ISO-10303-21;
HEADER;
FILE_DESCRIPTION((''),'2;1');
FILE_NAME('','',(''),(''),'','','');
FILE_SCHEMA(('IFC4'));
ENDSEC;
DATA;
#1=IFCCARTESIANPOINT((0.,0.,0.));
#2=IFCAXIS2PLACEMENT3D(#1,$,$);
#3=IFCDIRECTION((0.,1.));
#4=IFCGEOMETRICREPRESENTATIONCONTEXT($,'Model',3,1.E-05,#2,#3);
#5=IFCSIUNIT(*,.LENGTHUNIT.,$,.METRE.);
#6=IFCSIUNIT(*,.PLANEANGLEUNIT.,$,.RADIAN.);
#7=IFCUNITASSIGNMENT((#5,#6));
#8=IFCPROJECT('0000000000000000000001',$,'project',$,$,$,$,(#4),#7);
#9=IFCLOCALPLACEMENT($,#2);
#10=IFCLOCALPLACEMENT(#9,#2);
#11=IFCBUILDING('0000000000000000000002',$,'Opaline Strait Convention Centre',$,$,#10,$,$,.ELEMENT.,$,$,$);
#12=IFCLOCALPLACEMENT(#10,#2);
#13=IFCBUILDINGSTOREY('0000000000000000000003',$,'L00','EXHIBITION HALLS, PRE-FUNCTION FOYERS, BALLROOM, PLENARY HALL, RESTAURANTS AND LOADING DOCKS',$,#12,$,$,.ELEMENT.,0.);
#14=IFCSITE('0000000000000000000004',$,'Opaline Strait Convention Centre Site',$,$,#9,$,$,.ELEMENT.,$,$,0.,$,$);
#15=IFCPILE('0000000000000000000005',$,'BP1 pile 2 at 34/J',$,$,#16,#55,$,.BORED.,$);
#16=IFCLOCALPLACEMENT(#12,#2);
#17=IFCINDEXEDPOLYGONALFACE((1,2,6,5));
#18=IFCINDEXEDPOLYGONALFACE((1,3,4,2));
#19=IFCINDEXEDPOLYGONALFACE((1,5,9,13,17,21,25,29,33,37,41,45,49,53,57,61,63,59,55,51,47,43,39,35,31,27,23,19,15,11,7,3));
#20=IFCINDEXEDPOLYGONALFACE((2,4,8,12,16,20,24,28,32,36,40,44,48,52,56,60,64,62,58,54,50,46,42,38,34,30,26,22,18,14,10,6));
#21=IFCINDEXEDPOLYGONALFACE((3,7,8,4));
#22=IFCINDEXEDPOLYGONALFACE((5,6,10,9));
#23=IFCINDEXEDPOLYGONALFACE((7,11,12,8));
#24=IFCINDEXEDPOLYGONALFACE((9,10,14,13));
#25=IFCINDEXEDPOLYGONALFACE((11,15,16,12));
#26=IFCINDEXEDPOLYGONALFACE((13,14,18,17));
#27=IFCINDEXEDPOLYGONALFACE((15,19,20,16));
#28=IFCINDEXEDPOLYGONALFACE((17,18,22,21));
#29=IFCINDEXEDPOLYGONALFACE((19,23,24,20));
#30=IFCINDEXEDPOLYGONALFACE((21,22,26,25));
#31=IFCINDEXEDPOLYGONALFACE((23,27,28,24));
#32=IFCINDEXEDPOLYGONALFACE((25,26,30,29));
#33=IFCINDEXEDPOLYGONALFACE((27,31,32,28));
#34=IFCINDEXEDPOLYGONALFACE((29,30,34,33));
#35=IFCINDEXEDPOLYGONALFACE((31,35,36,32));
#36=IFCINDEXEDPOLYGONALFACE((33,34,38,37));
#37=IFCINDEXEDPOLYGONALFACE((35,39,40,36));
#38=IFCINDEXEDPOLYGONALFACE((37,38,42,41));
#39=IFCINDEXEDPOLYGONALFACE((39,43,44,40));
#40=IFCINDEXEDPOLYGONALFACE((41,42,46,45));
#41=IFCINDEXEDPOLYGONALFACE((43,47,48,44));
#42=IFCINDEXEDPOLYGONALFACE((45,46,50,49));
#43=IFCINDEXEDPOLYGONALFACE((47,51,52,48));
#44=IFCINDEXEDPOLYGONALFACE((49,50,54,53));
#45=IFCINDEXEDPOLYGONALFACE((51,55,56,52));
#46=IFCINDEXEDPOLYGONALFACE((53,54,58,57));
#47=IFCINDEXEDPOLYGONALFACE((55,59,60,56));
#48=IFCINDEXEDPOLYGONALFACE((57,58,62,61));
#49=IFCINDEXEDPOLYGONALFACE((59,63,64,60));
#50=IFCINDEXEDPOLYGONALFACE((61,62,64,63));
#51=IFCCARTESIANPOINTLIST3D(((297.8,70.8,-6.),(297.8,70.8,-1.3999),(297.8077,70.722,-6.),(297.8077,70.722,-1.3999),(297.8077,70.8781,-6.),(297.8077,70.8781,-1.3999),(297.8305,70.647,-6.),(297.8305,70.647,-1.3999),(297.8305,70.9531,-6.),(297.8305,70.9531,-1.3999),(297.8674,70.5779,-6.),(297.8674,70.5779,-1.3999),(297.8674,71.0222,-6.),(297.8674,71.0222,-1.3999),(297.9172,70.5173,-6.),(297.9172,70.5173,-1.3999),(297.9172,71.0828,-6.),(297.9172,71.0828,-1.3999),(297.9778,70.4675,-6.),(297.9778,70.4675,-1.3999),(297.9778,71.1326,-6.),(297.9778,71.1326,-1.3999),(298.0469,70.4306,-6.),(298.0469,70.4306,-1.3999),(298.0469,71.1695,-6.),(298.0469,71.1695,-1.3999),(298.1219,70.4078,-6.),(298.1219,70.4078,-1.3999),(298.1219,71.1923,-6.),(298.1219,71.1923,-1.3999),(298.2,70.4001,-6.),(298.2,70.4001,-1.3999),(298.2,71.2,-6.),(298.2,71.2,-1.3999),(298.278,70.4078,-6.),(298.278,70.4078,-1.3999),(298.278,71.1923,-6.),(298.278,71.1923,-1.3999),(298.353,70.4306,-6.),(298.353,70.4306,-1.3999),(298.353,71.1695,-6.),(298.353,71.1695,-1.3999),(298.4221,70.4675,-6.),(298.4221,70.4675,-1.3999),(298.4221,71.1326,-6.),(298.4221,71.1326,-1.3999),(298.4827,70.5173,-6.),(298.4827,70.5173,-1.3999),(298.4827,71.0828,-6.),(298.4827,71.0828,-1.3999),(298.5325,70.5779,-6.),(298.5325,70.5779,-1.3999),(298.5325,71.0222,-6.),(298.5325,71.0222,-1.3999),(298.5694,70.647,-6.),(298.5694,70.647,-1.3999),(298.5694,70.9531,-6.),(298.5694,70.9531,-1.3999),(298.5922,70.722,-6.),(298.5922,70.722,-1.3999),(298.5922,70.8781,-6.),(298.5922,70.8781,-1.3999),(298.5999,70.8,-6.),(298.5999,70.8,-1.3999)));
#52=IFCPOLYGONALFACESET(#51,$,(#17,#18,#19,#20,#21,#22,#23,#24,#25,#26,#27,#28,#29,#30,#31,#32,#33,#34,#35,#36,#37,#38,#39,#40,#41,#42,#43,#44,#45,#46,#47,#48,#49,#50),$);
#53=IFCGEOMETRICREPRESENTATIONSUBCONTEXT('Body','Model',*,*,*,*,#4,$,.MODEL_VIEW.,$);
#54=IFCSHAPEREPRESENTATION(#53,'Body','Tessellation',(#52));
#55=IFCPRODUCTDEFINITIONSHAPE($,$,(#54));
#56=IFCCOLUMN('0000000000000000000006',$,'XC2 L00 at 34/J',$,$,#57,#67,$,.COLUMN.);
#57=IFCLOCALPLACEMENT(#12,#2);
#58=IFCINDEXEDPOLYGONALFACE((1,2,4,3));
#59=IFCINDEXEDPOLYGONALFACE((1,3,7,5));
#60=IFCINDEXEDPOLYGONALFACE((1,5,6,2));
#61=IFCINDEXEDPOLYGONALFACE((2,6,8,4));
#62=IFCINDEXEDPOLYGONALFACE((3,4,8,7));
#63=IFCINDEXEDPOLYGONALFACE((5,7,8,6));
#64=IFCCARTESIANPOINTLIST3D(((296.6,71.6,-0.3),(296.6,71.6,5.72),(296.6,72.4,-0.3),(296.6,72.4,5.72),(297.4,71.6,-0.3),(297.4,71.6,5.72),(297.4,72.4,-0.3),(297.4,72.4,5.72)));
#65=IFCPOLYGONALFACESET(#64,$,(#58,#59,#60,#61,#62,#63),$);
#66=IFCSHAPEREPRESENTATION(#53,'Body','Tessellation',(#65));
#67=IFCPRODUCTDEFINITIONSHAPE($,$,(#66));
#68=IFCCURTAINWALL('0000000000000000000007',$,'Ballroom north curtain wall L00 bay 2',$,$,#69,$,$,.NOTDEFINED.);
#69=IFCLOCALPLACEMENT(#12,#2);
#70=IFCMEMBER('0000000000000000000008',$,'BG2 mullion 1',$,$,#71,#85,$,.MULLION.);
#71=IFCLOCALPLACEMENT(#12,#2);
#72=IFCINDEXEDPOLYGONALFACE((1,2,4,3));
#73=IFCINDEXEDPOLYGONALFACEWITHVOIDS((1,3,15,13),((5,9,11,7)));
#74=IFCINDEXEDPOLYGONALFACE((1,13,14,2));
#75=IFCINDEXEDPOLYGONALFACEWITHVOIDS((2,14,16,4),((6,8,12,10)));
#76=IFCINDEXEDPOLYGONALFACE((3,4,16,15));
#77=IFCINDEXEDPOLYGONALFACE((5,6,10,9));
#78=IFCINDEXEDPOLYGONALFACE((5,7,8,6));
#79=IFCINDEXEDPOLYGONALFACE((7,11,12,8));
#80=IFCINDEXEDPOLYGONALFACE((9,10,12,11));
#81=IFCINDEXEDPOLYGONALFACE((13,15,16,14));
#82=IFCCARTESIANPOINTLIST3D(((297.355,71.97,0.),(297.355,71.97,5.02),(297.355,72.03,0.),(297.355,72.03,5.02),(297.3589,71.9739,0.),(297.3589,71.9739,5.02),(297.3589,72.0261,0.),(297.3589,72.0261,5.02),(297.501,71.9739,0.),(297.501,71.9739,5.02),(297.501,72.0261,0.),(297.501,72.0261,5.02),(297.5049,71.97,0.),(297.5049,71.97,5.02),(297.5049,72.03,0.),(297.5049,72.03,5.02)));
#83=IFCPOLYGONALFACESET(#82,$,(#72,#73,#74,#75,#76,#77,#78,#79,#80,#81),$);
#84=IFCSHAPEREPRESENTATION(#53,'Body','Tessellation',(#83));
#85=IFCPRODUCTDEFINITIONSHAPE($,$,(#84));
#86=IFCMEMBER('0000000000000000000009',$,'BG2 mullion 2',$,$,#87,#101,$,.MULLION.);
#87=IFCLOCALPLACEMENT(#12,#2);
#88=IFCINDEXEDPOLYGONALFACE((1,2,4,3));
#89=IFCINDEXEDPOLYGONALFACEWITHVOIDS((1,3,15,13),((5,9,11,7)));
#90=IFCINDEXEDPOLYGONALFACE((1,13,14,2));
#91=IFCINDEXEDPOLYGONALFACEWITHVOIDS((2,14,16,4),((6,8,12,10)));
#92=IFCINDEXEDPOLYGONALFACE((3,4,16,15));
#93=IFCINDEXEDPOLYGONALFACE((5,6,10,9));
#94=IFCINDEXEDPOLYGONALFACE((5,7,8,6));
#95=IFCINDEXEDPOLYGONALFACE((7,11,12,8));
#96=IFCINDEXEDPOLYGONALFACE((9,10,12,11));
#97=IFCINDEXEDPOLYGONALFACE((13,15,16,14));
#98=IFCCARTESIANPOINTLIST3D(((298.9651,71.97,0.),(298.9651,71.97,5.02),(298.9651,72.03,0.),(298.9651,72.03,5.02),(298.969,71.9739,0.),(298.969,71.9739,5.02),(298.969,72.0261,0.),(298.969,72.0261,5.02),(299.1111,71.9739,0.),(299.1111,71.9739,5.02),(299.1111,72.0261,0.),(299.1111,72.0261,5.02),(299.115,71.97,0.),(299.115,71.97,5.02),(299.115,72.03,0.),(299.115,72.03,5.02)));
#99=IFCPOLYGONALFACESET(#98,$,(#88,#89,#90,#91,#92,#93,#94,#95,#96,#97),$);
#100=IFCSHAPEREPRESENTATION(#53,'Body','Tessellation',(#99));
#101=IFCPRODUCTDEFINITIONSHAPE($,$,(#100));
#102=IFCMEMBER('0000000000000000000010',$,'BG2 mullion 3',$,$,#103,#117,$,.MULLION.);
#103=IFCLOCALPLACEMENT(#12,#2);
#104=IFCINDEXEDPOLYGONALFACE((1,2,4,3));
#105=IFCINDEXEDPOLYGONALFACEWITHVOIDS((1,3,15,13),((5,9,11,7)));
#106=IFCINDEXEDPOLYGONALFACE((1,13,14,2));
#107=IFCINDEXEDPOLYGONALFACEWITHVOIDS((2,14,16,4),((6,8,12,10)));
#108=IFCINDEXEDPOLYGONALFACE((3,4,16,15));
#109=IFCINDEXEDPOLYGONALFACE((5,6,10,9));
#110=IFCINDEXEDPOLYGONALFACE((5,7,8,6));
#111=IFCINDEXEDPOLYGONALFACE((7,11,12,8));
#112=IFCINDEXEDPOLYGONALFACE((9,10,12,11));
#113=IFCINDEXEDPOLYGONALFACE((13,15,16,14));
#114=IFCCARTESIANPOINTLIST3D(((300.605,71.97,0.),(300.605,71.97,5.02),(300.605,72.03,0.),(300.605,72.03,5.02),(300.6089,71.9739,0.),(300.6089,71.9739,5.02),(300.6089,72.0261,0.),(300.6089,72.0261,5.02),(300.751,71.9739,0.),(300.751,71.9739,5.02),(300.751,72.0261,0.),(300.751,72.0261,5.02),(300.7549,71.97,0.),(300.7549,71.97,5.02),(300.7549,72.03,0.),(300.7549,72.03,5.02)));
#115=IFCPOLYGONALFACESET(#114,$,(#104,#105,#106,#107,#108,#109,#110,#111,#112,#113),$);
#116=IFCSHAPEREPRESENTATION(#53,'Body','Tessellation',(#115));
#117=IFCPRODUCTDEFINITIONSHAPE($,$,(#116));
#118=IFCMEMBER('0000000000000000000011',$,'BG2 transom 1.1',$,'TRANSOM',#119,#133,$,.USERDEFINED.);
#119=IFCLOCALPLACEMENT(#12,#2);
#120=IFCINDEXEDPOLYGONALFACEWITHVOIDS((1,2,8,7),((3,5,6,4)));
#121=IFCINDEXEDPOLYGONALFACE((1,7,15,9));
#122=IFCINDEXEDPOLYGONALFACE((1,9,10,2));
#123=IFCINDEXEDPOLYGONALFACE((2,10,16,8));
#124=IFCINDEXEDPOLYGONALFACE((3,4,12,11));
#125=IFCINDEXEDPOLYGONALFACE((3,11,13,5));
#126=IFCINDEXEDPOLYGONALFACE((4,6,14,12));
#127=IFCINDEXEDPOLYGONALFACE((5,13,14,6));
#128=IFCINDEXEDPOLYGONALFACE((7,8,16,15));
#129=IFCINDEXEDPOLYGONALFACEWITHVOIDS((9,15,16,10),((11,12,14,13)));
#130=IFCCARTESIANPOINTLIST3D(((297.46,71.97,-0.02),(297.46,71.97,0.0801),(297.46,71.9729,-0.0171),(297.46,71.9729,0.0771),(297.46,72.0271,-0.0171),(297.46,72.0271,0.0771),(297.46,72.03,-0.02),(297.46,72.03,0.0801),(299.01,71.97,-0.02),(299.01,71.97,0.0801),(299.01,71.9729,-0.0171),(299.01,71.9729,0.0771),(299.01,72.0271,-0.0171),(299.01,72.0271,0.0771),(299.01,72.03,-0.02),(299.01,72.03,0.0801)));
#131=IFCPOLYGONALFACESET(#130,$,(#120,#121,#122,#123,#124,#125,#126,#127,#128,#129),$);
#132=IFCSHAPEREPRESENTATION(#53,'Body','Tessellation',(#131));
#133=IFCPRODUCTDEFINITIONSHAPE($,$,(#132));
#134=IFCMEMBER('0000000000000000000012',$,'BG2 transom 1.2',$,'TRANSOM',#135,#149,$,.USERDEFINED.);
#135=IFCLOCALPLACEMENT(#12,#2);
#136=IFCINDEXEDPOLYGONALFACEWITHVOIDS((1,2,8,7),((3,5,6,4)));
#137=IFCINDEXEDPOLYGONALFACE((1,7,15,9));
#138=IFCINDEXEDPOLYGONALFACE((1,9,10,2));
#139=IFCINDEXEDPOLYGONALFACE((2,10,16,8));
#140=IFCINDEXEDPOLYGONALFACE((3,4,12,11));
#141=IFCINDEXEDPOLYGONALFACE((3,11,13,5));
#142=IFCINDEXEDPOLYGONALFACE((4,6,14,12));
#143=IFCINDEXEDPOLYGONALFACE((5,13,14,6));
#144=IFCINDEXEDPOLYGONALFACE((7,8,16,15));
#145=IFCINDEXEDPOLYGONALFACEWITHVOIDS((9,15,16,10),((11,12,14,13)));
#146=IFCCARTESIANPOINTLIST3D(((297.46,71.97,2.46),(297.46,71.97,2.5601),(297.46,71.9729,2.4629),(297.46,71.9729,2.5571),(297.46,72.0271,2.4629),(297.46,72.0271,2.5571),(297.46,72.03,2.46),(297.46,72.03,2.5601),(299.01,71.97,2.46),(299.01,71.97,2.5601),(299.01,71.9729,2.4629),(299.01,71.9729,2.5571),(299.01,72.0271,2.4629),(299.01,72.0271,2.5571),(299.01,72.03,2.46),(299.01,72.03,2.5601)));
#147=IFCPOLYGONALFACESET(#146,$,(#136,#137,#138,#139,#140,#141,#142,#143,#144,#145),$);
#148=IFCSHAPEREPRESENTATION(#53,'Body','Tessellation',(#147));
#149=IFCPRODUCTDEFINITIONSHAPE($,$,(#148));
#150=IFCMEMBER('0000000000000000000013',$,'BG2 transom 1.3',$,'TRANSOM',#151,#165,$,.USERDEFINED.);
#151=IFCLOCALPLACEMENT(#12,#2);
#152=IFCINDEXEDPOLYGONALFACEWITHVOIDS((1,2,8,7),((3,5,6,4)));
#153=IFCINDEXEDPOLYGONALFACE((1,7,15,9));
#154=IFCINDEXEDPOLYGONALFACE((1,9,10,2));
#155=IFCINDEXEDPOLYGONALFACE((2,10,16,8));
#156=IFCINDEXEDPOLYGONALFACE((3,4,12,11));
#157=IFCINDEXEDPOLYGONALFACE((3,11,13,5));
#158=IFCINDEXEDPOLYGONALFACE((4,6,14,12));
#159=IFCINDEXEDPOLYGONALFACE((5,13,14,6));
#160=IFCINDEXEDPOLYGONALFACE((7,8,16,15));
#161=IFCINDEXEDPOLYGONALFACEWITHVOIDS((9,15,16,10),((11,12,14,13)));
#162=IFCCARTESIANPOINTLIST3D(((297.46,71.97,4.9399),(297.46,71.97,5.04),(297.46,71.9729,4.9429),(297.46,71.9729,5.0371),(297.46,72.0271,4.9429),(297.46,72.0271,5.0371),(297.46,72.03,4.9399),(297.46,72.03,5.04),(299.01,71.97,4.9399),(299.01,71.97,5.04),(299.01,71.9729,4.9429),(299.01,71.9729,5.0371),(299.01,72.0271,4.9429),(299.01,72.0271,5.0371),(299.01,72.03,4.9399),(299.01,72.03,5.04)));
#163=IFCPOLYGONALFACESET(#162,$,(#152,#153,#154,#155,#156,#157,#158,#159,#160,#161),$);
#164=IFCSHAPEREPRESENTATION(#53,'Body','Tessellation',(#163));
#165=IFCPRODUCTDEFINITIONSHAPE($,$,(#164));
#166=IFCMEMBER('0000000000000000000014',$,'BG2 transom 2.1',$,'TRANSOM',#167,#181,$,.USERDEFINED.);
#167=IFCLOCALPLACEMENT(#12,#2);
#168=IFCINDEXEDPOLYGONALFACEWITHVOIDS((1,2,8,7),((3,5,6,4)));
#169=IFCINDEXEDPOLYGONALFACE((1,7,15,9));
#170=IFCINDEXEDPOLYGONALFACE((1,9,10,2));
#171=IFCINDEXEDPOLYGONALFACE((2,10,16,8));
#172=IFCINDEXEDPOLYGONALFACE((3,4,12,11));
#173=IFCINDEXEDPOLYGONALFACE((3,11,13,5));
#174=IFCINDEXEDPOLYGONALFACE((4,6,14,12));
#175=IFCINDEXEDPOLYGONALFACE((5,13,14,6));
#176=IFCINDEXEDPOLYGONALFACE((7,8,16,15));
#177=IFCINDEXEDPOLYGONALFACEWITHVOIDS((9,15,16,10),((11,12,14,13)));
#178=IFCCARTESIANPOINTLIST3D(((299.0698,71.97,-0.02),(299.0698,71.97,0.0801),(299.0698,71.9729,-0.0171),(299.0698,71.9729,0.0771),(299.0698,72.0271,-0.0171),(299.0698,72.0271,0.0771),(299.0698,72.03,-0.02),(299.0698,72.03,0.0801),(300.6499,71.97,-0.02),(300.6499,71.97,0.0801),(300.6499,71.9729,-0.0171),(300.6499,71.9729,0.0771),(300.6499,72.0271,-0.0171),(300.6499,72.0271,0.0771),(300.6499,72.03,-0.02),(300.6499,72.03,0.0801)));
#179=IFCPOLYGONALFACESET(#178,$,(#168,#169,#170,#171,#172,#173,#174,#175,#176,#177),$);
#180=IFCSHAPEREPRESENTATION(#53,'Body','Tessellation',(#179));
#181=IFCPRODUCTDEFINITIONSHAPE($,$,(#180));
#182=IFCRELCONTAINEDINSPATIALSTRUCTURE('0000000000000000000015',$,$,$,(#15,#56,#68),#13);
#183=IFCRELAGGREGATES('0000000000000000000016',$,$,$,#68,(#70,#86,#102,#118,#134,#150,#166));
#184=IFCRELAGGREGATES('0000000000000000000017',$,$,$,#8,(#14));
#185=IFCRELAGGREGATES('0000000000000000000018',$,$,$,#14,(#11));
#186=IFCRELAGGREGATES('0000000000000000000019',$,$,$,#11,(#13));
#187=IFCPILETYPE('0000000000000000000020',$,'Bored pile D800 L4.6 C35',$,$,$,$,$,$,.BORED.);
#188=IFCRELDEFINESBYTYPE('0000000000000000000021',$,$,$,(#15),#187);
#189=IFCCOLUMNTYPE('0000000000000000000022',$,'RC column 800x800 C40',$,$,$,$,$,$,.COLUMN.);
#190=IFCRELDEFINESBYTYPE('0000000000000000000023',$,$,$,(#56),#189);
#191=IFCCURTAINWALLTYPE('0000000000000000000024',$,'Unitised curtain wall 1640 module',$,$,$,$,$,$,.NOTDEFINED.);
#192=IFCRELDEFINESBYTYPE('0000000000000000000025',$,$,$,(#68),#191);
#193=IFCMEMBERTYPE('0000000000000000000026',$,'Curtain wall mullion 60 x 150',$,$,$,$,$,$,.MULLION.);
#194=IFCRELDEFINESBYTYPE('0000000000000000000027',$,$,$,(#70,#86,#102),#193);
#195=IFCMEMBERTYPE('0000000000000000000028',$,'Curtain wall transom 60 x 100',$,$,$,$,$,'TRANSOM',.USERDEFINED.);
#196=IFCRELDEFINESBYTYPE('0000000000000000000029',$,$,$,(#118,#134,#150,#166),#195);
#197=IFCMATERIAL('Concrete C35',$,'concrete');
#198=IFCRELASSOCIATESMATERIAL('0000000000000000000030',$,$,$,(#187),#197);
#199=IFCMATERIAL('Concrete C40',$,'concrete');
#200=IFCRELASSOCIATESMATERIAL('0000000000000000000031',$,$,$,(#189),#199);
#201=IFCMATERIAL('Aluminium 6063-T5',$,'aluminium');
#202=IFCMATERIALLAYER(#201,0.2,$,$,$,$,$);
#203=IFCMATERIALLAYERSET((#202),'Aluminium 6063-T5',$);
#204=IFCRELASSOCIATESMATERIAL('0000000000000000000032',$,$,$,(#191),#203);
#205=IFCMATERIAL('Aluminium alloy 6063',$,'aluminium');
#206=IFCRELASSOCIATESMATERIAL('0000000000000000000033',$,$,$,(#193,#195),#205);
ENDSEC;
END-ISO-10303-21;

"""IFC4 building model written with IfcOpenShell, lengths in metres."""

from ifc_helpers import new_model, si_unit, direction, frame, origin, origin_2d, place, context, subcontext, project, spatial, rectangle, hollow_rectangle, circle, extrude, material, layer, layer_set, material_profile, profile_set, type_object, element, aggregate, save


model = new_model("IFC4")

# Units and contexts
model_context = context("Model", 3, precision=1e-05, world=origin(), true_north=direction((0.0, 1.0)))
body_context = subcontext(model_context, "Body", "Model", "MODEL_VIEW")
ifc_project = project(units=[si_unit("LENGTHUNIT", "METRE"), si_unit("PLANEANGLEUNIT", "RADIAN")], contexts=[model_context])

# Site, building, storey
site_placement = place(None, origin())
site = spatial("IfcSite", under=ifc_project, at=site_placement, Name="Opaline Strait Convention Centre Site", CompositionType="ELEMENT", RefElevation=0.0)
building_placement = place(site_placement, origin())
building = spatial("IfcBuilding", under=site, at=building_placement, Name="Opaline Strait Convention Centre", CompositionType="ELEMENT")
storey_placement = place(building_placement, origin())
storey = spatial("IfcBuildingStorey", under=building, at=storey_placement, Name="L00", Description="EXHIBITION HALLS, PRE-FUNCTION FOYERS, BALLROOM, PLENARY HALL, RESTAURANTS AND LOADING DOCKS", CompositionType="ELEMENT", Elevation=0.0)

# Pile
ifc_material_1 = material(Name="Concrete C35", Category="concrete")
ifc_material_profile_1 = material_profile(ifc_material_1, circle(Radius=0.3999, at=origin_2d()), Name="D800")
ifc_profile_set_1 = profile_set([ifc_material_profile_1], Name="Concrete C35")
pile_type = type_object("IfcPileType", Name="Bored pile D800 L4.6 C35", PredefinedType="BORED", material=ifc_profile_set_1)
pile_placement = place(storey_placement, frame((298.2, 70.8, -1.3999), z_axis=(0.0, 0.0, -1.0), x_axis=(1.0, 0.0, 0.0)))
element("IfcPile", 1, at=pile_placement, inside=storey, type_object=pile_type, Name="BP1 pile 2 at 34/J", PredefinedType="BORED", context=body_context, shape_type="SweptSolid", body=[
    extrude(circle(Radius=0.3999, at=origin_2d()), origin(), (0.0, 0.0, 1.0), 4.6001),
])

# Column
ifc_material_2 = material(Name="Concrete C40", Category="concrete")
ifc_material_profile_2 = material_profile(ifc_material_2, rectangle(XDim=0.8, YDim=0.8, at=origin_2d()), Name="RC 800x800")
ifc_profile_set_2 = profile_set([ifc_material_profile_2], Name="Concrete C40")
column_type = type_object("IfcColumnType", Name="RC column 800x800 C40", PredefinedType="COLUMN", material=ifc_profile_set_2)
column_placement = place(storey_placement, frame((297.0, 72.0, -0.3), z_axis=(0.0, 0.0, 1.0), x_axis=(1.0, 0.0, 0.0)))
element("IfcColumn", 2, at=column_placement, inside=storey, type_object=column_type, Name="XC2 L00 at 34/J", PredefinedType="COLUMN", context=body_context, shape_type="SweptSolid", body=[
    extrude(rectangle(XDim=0.8, YDim=0.8, at=origin_2d()), origin(), (0.0, 0.0, 1.0), 6.02),
])

# Curtain wall, members
ifc_material_3 = material(Name="Aluminium 6063-T5", Category="aluminium")
ifc_layer_1 = layer(ifc_material_3, 0.2)
ifc_layer_set_1 = layer_set([ifc_layer_1], Name="Aluminium 6063-T5")
curtain_wall_type = type_object("IfcCurtainWallType", Name="Unitised curtain wall 1640 module", PredefinedType="NOTDEFINED", material=ifc_layer_set_1)
curtain_wall_placement = place(storey_placement, origin())
curtain_wall = element("IfcCurtainWall", 3, at=curtain_wall_placement, inside=storey, type_object=curtain_wall_type, Name="Ballroom north curtain wall L00 bay 2", PredefinedType="NOTDEFINED")
ifc_material_4 = material(Name="Aluminium alloy 6063", Category="aluminium")
ifc_material_profile_3 = material_profile(ifc_material_4, hollow_rectangle(XDim=0.0601, YDim=0.1499, WallThickness=0.0039, at=origin_2d()), Name="MULLION 60x150x4")
ifc_profile_set_3 = profile_set([ifc_material_profile_3], Name="Aluminium alloy 6063")
member_type_1 = type_object("IfcMemberType", Name="Curtain wall mullion 60 x 150", PredefinedType="MULLION", material=ifc_profile_set_3)
member_1_placement = place(storey_placement, frame((297.4299, 72.0, 0.0), z_axis=(0.0, 0.0, 1.0), x_axis=(0.0, 1.0, 0.0)))
member_1 = element("IfcMember", 4, at=member_1_placement, type_object=member_type_1, Name="BG2 mullion 1", PredefinedType="MULLION", context=body_context, shape_type="SweptSolid", body=[
    extrude(hollow_rectangle(XDim=0.0601, YDim=0.1499, WallThickness=0.0039, at=origin_2d()), origin(), (0.0, 0.0, 1.0), 5.02),
])
member_2_placement = place(storey_placement, frame((299.04, 72.0, 0.0), z_axis=(0.0, 0.0, 1.0), x_axis=(0.0, 1.0, 0.0)))
member_2 = element("IfcMember", 5, at=member_2_placement, type_object=member_type_1, Name="BG2 mullion 2", PredefinedType="MULLION", context=body_context, shape_type="SweptSolid", body=[
    extrude(hollow_rectangle(XDim=0.0601, YDim=0.1499, WallThickness=0.0039, at=origin_2d()), origin(), (0.0, 0.0, 1.0), 5.02),
])
member_3_placement = place(storey_placement, frame((300.6799, 72.0, 0.0), z_axis=(0.0, 0.0, 1.0), x_axis=(0.0, 1.0, 0.0)))
member_3 = element("IfcMember", 6, at=member_3_placement, type_object=member_type_1, Name="BG2 mullion 3", PredefinedType="MULLION", context=body_context, shape_type="SweptSolid", body=[
    extrude(hollow_rectangle(XDim=0.0601, YDim=0.1499, WallThickness=0.0039, at=origin_2d()), origin(), (0.0, 0.0, 1.0), 5.02),
])
ifc_material_profile_4 = material_profile(ifc_material_4, hollow_rectangle(XDim=0.0601, YDim=0.1001, WallThickness=0.0029, at=origin_2d()), Name="TRANSOM 60x100x3")
ifc_profile_set_4 = profile_set([ifc_material_profile_4], Name="Aluminium alloy 6063")
member_type_2 = type_object("IfcMemberType", Name="Curtain wall transom 60 x 100", ElementType="TRANSOM", PredefinedType="USERDEFINED", material=ifc_profile_set_4)
member_4_placement = place(storey_placement, frame((297.46, 72.0, 0.03), z_axis=(1.0, 0.0, 0.0), x_axis=(0.0, 1.0, 0.0)))
member_4 = element("IfcMember", 7, at=member_4_placement, type_object=member_type_2, Name="BG2 transom 1.1", ObjectType="TRANSOM", PredefinedType="USERDEFINED", context=body_context, shape_type="SweptSolid", body=[
    extrude(hollow_rectangle(XDim=0.0601, YDim=0.1001, WallThickness=0.0029, at=origin_2d()), origin(), (0.0, 0.0, 1.0), 1.55),
])
member_5_placement = place(storey_placement, frame((297.46, 72.0, 2.51), z_axis=(1.0, 0.0, 0.0), x_axis=(0.0, 1.0, 0.0)))
member_5 = element("IfcMember", 8, at=member_5_placement, type_object=member_type_2, Name="BG2 transom 1.2", ObjectType="TRANSOM", PredefinedType="USERDEFINED", context=body_context, shape_type="SweptSolid", body=[
    extrude(hollow_rectangle(XDim=0.0601, YDim=0.1001, WallThickness=0.0029, at=origin_2d()), origin(), (0.0, 0.0, 1.0), 1.55),
])
member_6_placement = place(storey_placement, frame((297.46, 72.0, 4.99), z_axis=(1.0, 0.0, 0.0), x_axis=(0.0, 1.0, 0.0)))
member_6 = element("IfcMember", 9, at=member_6_placement, type_object=member_type_2, Name="BG2 transom 1.3", ObjectType="TRANSOM", PredefinedType="USERDEFINED", context=body_context, shape_type="SweptSolid", body=[
    extrude(hollow_rectangle(XDim=0.0601, YDim=0.1001, WallThickness=0.0029, at=origin_2d()), origin(), (0.0, 0.0, 1.0), 1.55),
])
member_7_placement = place(storey_placement, frame((299.0698, 72.0, 0.03), z_axis=(1.0, 0.0, 0.0), x_axis=(0.0, 1.0, 0.0)))
member_7 = element("IfcMember", 10, at=member_7_placement, type_object=member_type_2, Name="BG2 transom 2.1", ObjectType="TRANSOM", PredefinedType="USERDEFINED", context=body_context, shape_type="SweptSolid", body=[
    extrude(hollow_rectangle(XDim=0.0601, YDim=0.1001, WallThickness=0.0029, at=origin_2d()), origin(), (0.0, 0.0, 1.0), 1.5801),
])

aggregate(curtain_wall, [member_1, member_2, member_3, member_4, member_5, member_6, member_7])

save(model, "model.ifc")
